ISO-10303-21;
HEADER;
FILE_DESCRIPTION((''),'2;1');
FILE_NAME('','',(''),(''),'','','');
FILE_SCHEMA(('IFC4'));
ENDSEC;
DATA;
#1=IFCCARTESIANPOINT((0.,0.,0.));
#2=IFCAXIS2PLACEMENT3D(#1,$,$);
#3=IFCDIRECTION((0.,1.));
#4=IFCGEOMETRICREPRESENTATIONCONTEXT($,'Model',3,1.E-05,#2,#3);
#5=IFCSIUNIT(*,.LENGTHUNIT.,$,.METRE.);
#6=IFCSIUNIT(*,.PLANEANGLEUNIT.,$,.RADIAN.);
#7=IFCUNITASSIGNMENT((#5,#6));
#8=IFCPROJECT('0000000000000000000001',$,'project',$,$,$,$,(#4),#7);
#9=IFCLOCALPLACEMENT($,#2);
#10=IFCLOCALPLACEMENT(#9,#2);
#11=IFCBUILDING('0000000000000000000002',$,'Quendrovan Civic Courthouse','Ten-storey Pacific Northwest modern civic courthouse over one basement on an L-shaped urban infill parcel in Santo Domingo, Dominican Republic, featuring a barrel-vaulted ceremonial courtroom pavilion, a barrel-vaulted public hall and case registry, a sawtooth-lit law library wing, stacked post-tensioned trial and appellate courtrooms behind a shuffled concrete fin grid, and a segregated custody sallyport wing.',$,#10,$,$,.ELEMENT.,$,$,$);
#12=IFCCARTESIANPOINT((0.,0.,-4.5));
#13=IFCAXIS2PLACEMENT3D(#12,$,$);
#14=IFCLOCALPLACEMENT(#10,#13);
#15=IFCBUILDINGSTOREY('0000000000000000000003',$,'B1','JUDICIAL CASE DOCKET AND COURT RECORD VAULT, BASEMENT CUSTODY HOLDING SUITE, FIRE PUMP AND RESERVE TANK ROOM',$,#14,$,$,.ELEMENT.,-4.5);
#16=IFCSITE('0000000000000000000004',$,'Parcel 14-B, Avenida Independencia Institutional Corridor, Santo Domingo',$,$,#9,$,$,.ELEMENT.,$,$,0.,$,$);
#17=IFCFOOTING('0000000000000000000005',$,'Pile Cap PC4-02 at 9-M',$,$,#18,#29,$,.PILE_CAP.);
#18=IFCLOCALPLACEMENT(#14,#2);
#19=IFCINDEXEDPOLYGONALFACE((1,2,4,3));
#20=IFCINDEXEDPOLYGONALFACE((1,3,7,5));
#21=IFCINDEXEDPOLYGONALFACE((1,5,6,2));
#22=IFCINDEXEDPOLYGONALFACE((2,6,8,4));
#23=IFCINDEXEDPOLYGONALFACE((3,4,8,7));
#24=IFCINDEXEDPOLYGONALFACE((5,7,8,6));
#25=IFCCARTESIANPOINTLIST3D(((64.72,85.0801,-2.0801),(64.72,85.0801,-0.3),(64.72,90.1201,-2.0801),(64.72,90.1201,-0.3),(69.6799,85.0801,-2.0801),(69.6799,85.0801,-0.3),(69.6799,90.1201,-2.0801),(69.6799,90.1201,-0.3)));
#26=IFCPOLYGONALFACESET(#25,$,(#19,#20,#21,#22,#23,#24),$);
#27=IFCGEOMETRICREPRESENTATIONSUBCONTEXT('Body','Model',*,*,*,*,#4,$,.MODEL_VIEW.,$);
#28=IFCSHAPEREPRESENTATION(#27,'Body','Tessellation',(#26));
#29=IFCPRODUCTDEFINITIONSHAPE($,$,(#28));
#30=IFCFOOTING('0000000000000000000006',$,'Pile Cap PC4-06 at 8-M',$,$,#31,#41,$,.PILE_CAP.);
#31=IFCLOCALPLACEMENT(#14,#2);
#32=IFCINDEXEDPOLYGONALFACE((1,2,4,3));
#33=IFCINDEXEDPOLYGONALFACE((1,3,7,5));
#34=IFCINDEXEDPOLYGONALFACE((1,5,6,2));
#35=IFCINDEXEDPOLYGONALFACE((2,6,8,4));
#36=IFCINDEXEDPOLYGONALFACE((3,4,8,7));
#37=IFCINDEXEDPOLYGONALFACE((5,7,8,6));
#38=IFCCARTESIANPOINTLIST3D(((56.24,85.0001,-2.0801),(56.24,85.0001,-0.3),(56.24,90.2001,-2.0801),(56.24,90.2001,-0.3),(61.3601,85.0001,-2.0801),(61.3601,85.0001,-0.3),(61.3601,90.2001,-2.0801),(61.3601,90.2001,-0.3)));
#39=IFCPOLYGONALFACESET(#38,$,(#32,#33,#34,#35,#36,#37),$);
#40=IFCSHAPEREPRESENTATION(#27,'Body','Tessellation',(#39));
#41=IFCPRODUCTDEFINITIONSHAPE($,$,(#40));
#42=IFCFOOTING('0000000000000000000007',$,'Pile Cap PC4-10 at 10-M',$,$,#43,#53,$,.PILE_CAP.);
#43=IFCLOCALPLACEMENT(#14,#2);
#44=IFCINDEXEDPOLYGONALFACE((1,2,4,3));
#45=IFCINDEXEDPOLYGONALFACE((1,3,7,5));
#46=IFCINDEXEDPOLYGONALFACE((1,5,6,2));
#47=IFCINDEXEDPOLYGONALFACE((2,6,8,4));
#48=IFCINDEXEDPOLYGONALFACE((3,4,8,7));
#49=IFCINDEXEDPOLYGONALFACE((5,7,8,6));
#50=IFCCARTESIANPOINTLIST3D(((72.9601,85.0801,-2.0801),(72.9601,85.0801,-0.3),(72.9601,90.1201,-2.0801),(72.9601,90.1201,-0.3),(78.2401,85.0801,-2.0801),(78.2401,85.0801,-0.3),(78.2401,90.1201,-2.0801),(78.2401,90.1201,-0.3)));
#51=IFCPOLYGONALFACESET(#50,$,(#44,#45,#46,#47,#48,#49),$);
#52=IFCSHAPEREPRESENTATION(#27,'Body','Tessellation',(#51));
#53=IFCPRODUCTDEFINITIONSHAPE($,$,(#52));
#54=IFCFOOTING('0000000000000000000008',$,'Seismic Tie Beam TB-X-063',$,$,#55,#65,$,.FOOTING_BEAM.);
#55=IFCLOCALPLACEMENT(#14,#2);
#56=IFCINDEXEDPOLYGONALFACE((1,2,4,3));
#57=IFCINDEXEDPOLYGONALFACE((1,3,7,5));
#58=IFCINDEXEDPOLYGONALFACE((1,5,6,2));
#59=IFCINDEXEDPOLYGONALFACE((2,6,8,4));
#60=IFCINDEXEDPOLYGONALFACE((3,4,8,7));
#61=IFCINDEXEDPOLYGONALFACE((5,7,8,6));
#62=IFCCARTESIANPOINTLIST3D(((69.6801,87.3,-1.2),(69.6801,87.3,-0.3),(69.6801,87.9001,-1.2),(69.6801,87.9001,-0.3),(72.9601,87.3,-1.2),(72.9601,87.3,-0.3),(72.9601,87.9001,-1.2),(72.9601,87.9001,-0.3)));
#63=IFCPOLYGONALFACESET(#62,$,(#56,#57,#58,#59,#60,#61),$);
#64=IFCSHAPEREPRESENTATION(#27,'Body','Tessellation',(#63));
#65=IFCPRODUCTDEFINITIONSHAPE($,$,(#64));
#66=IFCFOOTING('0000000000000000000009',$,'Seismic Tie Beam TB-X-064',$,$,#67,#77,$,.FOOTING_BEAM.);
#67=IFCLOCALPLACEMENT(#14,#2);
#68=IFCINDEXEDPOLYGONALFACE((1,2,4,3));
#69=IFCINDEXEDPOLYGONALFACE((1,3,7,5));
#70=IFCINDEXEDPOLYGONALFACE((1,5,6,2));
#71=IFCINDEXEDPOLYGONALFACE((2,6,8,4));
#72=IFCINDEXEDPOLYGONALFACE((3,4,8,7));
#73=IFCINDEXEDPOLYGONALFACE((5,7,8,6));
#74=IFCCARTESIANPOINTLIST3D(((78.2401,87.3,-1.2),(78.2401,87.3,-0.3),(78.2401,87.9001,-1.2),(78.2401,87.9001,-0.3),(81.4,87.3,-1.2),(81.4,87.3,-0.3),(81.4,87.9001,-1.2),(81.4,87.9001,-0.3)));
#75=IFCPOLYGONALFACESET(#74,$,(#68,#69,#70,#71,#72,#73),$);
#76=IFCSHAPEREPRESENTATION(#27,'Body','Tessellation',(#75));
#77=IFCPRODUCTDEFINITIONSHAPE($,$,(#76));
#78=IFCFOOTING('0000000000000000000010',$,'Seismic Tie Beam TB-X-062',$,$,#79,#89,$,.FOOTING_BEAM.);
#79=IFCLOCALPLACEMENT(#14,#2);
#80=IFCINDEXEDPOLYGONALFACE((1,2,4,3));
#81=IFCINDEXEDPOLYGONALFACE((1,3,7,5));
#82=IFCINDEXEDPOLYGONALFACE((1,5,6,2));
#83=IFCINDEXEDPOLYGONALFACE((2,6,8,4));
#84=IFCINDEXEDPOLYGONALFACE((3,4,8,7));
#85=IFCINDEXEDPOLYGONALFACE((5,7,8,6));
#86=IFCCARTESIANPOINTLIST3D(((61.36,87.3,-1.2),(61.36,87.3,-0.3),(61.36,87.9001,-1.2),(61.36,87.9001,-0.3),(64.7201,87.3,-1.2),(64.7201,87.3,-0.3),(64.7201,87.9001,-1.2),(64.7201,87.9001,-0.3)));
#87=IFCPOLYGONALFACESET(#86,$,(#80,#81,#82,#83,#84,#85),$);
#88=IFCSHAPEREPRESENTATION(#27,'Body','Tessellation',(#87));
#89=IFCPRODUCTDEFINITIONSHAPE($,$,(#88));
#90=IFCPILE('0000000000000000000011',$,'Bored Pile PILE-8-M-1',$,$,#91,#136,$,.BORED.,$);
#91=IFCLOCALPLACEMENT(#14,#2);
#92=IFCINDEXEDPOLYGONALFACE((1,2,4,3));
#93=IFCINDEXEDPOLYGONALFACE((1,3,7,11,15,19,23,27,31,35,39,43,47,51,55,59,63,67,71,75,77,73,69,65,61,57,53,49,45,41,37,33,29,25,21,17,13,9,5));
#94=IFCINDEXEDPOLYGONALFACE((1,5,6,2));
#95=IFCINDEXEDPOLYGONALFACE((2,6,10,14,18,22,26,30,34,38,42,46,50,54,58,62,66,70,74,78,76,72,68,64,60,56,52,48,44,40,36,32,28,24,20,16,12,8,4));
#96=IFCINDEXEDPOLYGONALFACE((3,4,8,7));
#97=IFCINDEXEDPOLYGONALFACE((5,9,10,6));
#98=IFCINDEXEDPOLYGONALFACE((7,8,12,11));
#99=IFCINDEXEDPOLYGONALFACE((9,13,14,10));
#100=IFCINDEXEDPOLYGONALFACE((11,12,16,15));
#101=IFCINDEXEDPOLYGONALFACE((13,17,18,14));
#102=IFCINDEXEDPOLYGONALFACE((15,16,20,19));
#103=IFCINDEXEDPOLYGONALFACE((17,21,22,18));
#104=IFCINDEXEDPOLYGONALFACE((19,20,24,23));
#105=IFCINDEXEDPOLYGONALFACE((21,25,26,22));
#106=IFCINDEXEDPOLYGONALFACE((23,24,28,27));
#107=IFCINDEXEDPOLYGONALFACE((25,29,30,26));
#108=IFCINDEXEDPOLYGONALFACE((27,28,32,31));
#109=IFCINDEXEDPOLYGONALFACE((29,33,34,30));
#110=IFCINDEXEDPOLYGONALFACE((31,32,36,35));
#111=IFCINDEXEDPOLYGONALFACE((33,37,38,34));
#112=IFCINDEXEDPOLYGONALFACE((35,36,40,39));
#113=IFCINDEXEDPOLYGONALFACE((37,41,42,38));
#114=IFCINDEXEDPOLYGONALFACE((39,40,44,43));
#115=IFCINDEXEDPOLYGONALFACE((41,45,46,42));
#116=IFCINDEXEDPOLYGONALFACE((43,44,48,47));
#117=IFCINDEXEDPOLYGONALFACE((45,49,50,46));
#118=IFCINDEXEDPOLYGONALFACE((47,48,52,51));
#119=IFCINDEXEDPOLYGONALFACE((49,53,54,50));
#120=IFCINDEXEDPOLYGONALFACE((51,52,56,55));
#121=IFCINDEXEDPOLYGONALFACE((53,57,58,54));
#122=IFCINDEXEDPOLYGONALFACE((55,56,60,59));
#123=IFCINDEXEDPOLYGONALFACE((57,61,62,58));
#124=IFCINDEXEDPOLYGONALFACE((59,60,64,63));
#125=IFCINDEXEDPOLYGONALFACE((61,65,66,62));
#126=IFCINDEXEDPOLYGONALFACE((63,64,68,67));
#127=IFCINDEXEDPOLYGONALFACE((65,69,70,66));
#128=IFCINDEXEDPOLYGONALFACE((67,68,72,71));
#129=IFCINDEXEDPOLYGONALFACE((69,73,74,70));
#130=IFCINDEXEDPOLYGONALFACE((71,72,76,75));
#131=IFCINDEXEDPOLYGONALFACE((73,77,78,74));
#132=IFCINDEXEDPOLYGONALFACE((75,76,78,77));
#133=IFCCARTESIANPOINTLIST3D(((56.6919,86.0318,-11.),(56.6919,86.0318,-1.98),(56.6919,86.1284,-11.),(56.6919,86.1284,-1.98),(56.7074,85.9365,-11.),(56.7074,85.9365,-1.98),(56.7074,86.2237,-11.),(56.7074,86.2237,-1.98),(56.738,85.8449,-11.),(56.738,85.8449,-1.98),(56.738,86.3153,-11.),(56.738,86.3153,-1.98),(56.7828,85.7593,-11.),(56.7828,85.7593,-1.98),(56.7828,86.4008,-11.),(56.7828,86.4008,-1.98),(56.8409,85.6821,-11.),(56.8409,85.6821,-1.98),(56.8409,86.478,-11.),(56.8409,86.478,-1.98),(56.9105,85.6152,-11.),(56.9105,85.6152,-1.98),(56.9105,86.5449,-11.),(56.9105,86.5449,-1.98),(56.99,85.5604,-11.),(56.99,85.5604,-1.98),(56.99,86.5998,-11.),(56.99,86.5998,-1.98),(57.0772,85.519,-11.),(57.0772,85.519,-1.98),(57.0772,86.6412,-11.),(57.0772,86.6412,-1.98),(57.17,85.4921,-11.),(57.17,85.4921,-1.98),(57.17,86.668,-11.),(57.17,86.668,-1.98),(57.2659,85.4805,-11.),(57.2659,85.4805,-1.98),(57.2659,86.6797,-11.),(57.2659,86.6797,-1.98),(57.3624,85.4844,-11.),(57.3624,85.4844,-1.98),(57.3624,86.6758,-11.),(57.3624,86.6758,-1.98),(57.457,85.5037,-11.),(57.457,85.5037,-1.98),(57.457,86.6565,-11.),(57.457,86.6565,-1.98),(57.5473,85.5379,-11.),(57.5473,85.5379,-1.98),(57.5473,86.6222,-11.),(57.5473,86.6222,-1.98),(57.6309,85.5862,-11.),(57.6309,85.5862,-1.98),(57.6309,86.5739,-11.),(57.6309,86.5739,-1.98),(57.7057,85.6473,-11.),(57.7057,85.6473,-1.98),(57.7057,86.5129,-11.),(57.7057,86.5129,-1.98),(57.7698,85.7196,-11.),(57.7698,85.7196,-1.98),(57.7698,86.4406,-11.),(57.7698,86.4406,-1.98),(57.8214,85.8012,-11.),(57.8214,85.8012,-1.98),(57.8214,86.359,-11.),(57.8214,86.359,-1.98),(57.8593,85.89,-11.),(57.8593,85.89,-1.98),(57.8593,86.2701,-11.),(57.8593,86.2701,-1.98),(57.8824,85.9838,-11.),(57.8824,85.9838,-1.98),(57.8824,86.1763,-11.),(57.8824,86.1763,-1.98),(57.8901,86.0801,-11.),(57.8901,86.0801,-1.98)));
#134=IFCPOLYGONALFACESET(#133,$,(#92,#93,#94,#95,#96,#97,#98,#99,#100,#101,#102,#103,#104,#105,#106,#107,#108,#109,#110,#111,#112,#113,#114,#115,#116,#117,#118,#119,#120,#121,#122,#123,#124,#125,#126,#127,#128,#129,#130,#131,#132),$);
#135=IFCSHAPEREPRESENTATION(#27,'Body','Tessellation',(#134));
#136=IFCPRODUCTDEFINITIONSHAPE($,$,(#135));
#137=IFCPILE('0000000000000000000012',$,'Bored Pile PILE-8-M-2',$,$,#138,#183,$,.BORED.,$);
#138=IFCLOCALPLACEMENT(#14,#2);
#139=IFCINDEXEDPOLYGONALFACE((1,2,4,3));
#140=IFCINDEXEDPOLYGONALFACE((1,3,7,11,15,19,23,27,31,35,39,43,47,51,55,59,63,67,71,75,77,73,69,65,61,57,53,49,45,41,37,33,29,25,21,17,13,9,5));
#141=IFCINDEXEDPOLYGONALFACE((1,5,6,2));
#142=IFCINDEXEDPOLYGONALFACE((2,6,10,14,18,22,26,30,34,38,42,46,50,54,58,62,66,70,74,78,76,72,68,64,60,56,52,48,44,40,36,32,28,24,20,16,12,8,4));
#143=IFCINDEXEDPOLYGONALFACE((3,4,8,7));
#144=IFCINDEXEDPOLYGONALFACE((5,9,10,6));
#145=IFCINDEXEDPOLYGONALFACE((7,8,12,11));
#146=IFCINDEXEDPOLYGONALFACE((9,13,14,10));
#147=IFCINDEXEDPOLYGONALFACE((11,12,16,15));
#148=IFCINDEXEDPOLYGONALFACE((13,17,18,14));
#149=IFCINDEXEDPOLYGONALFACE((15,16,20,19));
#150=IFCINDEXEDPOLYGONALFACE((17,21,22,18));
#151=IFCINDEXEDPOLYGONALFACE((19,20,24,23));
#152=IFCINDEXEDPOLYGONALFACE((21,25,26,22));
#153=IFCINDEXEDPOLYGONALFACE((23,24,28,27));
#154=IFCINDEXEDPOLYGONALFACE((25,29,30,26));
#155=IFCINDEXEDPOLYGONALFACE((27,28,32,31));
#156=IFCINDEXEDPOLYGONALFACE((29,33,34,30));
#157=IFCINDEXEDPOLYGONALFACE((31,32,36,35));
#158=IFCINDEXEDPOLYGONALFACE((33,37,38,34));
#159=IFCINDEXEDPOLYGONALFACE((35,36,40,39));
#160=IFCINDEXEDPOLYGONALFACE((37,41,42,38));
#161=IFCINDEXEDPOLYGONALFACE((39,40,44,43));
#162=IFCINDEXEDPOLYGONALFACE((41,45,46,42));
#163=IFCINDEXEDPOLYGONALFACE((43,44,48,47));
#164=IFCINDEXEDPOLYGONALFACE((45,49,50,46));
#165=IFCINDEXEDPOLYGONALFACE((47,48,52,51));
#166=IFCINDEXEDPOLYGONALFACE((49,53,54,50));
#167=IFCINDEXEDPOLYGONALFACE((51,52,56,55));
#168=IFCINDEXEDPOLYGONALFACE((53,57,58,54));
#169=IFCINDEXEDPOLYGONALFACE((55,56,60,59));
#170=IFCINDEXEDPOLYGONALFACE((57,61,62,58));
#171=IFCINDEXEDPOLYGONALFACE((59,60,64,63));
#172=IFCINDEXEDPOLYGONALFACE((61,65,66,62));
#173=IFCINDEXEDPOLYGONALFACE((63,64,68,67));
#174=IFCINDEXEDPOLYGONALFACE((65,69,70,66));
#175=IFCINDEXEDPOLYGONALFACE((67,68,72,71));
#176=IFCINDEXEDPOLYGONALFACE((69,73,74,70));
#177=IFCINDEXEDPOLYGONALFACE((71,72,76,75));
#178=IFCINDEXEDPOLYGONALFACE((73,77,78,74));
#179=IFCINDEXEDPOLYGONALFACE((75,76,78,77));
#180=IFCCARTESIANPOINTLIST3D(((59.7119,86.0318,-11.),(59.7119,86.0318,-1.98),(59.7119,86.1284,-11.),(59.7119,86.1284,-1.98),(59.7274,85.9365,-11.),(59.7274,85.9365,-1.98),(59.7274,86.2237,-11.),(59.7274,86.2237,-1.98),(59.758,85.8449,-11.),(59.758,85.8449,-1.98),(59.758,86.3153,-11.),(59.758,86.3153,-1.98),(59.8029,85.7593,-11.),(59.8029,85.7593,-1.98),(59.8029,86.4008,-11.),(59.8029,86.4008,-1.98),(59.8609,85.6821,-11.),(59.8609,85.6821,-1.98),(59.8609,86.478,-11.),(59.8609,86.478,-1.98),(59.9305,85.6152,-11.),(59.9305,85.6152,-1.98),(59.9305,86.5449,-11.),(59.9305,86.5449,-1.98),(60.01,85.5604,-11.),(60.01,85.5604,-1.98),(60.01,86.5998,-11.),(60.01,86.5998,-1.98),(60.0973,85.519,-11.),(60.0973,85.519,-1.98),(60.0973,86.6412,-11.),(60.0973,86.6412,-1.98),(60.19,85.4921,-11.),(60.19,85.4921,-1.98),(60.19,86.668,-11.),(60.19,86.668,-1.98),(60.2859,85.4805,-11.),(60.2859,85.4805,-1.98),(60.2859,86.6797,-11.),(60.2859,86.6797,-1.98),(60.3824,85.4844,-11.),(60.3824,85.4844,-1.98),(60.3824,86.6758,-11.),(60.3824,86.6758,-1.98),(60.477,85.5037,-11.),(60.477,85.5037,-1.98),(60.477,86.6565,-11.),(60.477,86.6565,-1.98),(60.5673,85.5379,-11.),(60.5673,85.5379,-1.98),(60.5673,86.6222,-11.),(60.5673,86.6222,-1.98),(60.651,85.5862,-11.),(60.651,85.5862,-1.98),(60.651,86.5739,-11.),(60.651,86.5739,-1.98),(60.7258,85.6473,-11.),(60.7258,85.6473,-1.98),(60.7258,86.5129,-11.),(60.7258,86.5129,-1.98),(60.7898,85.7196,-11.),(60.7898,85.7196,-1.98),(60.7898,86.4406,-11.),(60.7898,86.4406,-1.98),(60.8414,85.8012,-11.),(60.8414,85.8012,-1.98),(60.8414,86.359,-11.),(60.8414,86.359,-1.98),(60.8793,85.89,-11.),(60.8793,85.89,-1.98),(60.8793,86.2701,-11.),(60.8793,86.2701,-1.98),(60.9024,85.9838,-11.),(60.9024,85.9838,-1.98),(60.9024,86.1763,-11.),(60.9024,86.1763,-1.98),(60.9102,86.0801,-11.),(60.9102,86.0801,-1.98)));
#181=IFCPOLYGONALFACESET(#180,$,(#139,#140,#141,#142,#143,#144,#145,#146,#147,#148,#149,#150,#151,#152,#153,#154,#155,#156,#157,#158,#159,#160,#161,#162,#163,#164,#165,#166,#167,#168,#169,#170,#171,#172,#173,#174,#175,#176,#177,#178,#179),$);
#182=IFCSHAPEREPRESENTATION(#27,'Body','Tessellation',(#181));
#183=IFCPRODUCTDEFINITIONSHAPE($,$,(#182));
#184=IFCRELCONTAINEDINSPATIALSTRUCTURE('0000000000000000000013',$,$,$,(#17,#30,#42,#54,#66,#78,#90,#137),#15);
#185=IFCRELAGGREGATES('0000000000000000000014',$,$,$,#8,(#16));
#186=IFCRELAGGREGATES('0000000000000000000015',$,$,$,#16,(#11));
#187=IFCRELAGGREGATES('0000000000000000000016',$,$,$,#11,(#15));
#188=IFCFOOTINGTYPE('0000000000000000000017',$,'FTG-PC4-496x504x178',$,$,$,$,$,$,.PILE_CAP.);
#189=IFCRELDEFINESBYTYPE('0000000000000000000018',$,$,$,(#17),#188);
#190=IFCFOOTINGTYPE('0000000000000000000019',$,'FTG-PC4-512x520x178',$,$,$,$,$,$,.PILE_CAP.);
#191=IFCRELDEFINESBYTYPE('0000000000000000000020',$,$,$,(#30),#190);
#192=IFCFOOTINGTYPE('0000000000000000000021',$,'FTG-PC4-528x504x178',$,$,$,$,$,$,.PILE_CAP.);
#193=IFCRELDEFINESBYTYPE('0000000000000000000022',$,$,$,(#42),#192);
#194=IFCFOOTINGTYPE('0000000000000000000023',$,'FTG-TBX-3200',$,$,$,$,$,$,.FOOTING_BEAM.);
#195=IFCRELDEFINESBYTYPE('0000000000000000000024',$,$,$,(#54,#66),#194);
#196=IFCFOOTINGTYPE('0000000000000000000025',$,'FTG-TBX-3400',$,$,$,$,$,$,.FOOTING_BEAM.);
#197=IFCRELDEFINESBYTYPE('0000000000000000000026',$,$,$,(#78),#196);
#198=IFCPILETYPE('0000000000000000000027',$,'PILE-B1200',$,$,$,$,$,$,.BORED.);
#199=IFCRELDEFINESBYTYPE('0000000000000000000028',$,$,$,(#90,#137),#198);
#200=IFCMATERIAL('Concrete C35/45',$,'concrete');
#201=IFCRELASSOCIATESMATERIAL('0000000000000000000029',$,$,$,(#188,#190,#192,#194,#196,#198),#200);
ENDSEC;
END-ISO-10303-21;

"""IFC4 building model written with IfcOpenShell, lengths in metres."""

from ifc_helpers import new_model, si_unit, direction, frame, origin, origin_2d, place, context, subcontext, project, spatial, rectangle, circle, extrude, material, material_profile, profile_set, type_object, element, save


model = new_model("IFC4")

# Units and contexts
model_context = context("Model", 3, precision=1e-05, world=origin(), true_north=direction((0.0, 1.0)))
body_context = subcontext(model_context, "Body", "Model", "MODEL_VIEW")
ifc_project = project(units=[si_unit("LENGTHUNIT", "METRE"), si_unit("PLANEANGLEUNIT", "RADIAN")], contexts=[model_context])

# Site, building, storey
site_placement = place(None, origin())
site = spatial("IfcSite", under=ifc_project, at=site_placement, Name="Parcel 14-B, Avenida Independencia Institutional Corridor, Santo Domingo", CompositionType="ELEMENT", RefElevation=0.0)
building_placement = place(site_placement, origin())
building = spatial("IfcBuilding", under=site, at=building_placement, Name="Quendrovan Civic Courthouse", Description="Ten-storey Pacific Northwest modern civic courthouse over one basement on an L-shaped urban infill parcel in Santo Domingo, Dominican Republic, featuring a barrel-vaulted ceremonial courtroom pavilion, a barrel-vaulted public hall and case registry, a sawtooth-lit law library wing, stacked post-tensioned trial and appellate courtrooms behind a shuffled concrete fin grid, and a segregated custody sallyport wing.", CompositionType="ELEMENT")
storey_placement = place(building_placement, frame((0.0, 0.0, -4.5)))
storey = spatial("IfcBuildingStorey", under=building, at=storey_placement, Name="B1", Description="JUDICIAL CASE DOCKET AND COURT RECORD VAULT, BASEMENT CUSTODY HOLDING SUITE, FIRE PUMP AND RESERVE TANK ROOM", CompositionType="ELEMENT", Elevation=-4.5)

# Footings
ifc_material_1 = material(Name="Concrete C35/45", Category="concrete")
footing_type_1 = type_object("IfcFootingType", Name="FTG-PC4-496x504x178", PredefinedType="PILE_CAP", material=ifc_material_1)
footing_1_placement = place(storey_placement, frame((67.2, 87.6001, -2.0801), z_axis=(0.0, 0.0, 1.0), x_axis=(1.0, 0.0, 0.0)))
element("IfcFooting", 1, at=footing_1_placement, inside=storey, type_object=footing_type_1, Name="Pile Cap PC4-02 at 9-M", PredefinedType="PILE_CAP", context=body_context, shape_type="SweptSolid", body=[
    extrude(rectangle(XDim=4.96, YDim=5.04, at=origin_2d()), origin(), (0.0, 0.0, 1.0), 1.78),
])
footing_type_2 = type_object("IfcFootingType", Name="FTG-PC4-512x520x178", PredefinedType="PILE_CAP", material=ifc_material_1)
footing_2_placement = place(storey_placement, frame((58.8, 87.6001, -2.0801), z_axis=(0.0, 0.0, 1.0), x_axis=(1.0, 0.0, 0.0)))
element("IfcFooting", 2, at=footing_2_placement, inside=storey, type_object=footing_type_2, Name="Pile Cap PC4-06 at 8-M", PredefinedType="PILE_CAP", context=body_context, shape_type="SweptSolid", body=[
    extrude(rectangle(XDim=5.1201, YDim=5.2, at=origin_2d()), origin(), (0.0, 0.0, 1.0), 1.78),
])
footing_type_3 = type_object("IfcFootingType", Name="FTG-PC4-528x504x178", PredefinedType="PILE_CAP", material=ifc_material_1)
footing_3_placement = place(storey_placement, frame((75.6001, 87.6001, -2.0801), z_axis=(0.0, 0.0, 1.0), x_axis=(1.0, 0.0, 0.0)))
element("IfcFooting", 3, at=footing_3_placement, inside=storey, type_object=footing_type_3, Name="Pile Cap PC4-10 at 10-M", PredefinedType="PILE_CAP", context=body_context, shape_type="SweptSolid", body=[
    extrude(rectangle(XDim=5.28, YDim=5.04, at=origin_2d()), origin(), (0.0, 0.0, 1.0), 1.78),
])
footing_type_4 = type_object("IfcFootingType", Name="FTG-TBX-3200", PredefinedType="FOOTING_BEAM", material=ifc_material_1)
footing_4_placement = place(storey_placement, frame((71.3201, 87.6001, -1.2), z_axis=(0.0, 0.0, 1.0), x_axis=(1.0, 0.0, 0.0)))
element("IfcFooting", 4, at=footing_4_placement, inside=storey, type_object=footing_type_4, Name="Seismic Tie Beam TB-X-063", PredefinedType="FOOTING_BEAM", context=body_context, shape_type="SweptSolid", body=[
    extrude(rectangle(XDim=3.28, YDim=0.6001, at=origin_2d()), origin(), (0.0, 0.0, 1.0), 0.8999),
])
footing_5_placement = place(storey_placement, frame((79.8201, 87.6001, -1.2), z_axis=(0.0, 0.0, 1.0), x_axis=(1.0, 0.0, 0.0)))
element("IfcFooting", 5, at=footing_5_placement, inside=storey, type_object=footing_type_4, Name="Seismic Tie Beam TB-X-064", PredefinedType="FOOTING_BEAM", context=body_context, shape_type="SweptSolid", body=[
    extrude(rectangle(XDim=3.1599, YDim=0.6001, at=origin_2d()), origin(), (0.0, 0.0, 1.0), 0.8999),
])
footing_type_5 = type_object("IfcFootingType", Name="FTG-TBX-3400", PredefinedType="FOOTING_BEAM", material=ifc_material_1)
footing_6_placement = place(storey_placement, frame((63.04, 87.6001, -1.2), z_axis=(0.0, 0.0, 1.0), x_axis=(1.0, 0.0, 0.0)))
element("IfcFooting", 6, at=footing_6_placement, inside=storey, type_object=footing_type_5, Name="Seismic Tie Beam TB-X-062", PredefinedType="FOOTING_BEAM", context=body_context, shape_type="SweptSolid", body=[
    extrude(rectangle(XDim=3.3601, YDim=0.6001, at=origin_2d()), origin(), (0.0, 0.0, 1.0), 0.8999),
])

# Piles
ifc_material_profile_1 = material_profile(ifc_material_1, circle(Radius=0.6001, at=origin_2d()), Name="PILE-D1200")
ifc_profile_set_1 = profile_set([ifc_material_profile_1], Name="Concrete C35/45")
pile_type = type_object("IfcPileType", Name="PILE-B1200", PredefinedType="BORED", material=ifc_profile_set_1)
for number, where, z_axis, x_axis, name in (
    (7, (57.29, 86.0801, -1.98), (0.0, 0.0, -1.0), (1.0, 0.0, 0.0), "Bored Pile PILE-8-M-1"),
    (8, (60.3101, 86.0801, -1.98), (0.0, 0.0, -1.0), (1.0, 0.0, 0.0), "Bored Pile PILE-8-M-2"),
):
    element("IfcPile", number, at=place(storey_placement, frame(where, z_axis=z_axis, x_axis=x_axis)), inside=storey, type_object=pile_type, Name=name, PredefinedType="BORED", context=body_context, shape_type="SweptSolid", body=[
        extrude(circle(Radius=0.6001, at=origin_2d()), origin(), (0.0, 0.0, 1.0), 9.02),
    ])

save(model, "model.ifc")
